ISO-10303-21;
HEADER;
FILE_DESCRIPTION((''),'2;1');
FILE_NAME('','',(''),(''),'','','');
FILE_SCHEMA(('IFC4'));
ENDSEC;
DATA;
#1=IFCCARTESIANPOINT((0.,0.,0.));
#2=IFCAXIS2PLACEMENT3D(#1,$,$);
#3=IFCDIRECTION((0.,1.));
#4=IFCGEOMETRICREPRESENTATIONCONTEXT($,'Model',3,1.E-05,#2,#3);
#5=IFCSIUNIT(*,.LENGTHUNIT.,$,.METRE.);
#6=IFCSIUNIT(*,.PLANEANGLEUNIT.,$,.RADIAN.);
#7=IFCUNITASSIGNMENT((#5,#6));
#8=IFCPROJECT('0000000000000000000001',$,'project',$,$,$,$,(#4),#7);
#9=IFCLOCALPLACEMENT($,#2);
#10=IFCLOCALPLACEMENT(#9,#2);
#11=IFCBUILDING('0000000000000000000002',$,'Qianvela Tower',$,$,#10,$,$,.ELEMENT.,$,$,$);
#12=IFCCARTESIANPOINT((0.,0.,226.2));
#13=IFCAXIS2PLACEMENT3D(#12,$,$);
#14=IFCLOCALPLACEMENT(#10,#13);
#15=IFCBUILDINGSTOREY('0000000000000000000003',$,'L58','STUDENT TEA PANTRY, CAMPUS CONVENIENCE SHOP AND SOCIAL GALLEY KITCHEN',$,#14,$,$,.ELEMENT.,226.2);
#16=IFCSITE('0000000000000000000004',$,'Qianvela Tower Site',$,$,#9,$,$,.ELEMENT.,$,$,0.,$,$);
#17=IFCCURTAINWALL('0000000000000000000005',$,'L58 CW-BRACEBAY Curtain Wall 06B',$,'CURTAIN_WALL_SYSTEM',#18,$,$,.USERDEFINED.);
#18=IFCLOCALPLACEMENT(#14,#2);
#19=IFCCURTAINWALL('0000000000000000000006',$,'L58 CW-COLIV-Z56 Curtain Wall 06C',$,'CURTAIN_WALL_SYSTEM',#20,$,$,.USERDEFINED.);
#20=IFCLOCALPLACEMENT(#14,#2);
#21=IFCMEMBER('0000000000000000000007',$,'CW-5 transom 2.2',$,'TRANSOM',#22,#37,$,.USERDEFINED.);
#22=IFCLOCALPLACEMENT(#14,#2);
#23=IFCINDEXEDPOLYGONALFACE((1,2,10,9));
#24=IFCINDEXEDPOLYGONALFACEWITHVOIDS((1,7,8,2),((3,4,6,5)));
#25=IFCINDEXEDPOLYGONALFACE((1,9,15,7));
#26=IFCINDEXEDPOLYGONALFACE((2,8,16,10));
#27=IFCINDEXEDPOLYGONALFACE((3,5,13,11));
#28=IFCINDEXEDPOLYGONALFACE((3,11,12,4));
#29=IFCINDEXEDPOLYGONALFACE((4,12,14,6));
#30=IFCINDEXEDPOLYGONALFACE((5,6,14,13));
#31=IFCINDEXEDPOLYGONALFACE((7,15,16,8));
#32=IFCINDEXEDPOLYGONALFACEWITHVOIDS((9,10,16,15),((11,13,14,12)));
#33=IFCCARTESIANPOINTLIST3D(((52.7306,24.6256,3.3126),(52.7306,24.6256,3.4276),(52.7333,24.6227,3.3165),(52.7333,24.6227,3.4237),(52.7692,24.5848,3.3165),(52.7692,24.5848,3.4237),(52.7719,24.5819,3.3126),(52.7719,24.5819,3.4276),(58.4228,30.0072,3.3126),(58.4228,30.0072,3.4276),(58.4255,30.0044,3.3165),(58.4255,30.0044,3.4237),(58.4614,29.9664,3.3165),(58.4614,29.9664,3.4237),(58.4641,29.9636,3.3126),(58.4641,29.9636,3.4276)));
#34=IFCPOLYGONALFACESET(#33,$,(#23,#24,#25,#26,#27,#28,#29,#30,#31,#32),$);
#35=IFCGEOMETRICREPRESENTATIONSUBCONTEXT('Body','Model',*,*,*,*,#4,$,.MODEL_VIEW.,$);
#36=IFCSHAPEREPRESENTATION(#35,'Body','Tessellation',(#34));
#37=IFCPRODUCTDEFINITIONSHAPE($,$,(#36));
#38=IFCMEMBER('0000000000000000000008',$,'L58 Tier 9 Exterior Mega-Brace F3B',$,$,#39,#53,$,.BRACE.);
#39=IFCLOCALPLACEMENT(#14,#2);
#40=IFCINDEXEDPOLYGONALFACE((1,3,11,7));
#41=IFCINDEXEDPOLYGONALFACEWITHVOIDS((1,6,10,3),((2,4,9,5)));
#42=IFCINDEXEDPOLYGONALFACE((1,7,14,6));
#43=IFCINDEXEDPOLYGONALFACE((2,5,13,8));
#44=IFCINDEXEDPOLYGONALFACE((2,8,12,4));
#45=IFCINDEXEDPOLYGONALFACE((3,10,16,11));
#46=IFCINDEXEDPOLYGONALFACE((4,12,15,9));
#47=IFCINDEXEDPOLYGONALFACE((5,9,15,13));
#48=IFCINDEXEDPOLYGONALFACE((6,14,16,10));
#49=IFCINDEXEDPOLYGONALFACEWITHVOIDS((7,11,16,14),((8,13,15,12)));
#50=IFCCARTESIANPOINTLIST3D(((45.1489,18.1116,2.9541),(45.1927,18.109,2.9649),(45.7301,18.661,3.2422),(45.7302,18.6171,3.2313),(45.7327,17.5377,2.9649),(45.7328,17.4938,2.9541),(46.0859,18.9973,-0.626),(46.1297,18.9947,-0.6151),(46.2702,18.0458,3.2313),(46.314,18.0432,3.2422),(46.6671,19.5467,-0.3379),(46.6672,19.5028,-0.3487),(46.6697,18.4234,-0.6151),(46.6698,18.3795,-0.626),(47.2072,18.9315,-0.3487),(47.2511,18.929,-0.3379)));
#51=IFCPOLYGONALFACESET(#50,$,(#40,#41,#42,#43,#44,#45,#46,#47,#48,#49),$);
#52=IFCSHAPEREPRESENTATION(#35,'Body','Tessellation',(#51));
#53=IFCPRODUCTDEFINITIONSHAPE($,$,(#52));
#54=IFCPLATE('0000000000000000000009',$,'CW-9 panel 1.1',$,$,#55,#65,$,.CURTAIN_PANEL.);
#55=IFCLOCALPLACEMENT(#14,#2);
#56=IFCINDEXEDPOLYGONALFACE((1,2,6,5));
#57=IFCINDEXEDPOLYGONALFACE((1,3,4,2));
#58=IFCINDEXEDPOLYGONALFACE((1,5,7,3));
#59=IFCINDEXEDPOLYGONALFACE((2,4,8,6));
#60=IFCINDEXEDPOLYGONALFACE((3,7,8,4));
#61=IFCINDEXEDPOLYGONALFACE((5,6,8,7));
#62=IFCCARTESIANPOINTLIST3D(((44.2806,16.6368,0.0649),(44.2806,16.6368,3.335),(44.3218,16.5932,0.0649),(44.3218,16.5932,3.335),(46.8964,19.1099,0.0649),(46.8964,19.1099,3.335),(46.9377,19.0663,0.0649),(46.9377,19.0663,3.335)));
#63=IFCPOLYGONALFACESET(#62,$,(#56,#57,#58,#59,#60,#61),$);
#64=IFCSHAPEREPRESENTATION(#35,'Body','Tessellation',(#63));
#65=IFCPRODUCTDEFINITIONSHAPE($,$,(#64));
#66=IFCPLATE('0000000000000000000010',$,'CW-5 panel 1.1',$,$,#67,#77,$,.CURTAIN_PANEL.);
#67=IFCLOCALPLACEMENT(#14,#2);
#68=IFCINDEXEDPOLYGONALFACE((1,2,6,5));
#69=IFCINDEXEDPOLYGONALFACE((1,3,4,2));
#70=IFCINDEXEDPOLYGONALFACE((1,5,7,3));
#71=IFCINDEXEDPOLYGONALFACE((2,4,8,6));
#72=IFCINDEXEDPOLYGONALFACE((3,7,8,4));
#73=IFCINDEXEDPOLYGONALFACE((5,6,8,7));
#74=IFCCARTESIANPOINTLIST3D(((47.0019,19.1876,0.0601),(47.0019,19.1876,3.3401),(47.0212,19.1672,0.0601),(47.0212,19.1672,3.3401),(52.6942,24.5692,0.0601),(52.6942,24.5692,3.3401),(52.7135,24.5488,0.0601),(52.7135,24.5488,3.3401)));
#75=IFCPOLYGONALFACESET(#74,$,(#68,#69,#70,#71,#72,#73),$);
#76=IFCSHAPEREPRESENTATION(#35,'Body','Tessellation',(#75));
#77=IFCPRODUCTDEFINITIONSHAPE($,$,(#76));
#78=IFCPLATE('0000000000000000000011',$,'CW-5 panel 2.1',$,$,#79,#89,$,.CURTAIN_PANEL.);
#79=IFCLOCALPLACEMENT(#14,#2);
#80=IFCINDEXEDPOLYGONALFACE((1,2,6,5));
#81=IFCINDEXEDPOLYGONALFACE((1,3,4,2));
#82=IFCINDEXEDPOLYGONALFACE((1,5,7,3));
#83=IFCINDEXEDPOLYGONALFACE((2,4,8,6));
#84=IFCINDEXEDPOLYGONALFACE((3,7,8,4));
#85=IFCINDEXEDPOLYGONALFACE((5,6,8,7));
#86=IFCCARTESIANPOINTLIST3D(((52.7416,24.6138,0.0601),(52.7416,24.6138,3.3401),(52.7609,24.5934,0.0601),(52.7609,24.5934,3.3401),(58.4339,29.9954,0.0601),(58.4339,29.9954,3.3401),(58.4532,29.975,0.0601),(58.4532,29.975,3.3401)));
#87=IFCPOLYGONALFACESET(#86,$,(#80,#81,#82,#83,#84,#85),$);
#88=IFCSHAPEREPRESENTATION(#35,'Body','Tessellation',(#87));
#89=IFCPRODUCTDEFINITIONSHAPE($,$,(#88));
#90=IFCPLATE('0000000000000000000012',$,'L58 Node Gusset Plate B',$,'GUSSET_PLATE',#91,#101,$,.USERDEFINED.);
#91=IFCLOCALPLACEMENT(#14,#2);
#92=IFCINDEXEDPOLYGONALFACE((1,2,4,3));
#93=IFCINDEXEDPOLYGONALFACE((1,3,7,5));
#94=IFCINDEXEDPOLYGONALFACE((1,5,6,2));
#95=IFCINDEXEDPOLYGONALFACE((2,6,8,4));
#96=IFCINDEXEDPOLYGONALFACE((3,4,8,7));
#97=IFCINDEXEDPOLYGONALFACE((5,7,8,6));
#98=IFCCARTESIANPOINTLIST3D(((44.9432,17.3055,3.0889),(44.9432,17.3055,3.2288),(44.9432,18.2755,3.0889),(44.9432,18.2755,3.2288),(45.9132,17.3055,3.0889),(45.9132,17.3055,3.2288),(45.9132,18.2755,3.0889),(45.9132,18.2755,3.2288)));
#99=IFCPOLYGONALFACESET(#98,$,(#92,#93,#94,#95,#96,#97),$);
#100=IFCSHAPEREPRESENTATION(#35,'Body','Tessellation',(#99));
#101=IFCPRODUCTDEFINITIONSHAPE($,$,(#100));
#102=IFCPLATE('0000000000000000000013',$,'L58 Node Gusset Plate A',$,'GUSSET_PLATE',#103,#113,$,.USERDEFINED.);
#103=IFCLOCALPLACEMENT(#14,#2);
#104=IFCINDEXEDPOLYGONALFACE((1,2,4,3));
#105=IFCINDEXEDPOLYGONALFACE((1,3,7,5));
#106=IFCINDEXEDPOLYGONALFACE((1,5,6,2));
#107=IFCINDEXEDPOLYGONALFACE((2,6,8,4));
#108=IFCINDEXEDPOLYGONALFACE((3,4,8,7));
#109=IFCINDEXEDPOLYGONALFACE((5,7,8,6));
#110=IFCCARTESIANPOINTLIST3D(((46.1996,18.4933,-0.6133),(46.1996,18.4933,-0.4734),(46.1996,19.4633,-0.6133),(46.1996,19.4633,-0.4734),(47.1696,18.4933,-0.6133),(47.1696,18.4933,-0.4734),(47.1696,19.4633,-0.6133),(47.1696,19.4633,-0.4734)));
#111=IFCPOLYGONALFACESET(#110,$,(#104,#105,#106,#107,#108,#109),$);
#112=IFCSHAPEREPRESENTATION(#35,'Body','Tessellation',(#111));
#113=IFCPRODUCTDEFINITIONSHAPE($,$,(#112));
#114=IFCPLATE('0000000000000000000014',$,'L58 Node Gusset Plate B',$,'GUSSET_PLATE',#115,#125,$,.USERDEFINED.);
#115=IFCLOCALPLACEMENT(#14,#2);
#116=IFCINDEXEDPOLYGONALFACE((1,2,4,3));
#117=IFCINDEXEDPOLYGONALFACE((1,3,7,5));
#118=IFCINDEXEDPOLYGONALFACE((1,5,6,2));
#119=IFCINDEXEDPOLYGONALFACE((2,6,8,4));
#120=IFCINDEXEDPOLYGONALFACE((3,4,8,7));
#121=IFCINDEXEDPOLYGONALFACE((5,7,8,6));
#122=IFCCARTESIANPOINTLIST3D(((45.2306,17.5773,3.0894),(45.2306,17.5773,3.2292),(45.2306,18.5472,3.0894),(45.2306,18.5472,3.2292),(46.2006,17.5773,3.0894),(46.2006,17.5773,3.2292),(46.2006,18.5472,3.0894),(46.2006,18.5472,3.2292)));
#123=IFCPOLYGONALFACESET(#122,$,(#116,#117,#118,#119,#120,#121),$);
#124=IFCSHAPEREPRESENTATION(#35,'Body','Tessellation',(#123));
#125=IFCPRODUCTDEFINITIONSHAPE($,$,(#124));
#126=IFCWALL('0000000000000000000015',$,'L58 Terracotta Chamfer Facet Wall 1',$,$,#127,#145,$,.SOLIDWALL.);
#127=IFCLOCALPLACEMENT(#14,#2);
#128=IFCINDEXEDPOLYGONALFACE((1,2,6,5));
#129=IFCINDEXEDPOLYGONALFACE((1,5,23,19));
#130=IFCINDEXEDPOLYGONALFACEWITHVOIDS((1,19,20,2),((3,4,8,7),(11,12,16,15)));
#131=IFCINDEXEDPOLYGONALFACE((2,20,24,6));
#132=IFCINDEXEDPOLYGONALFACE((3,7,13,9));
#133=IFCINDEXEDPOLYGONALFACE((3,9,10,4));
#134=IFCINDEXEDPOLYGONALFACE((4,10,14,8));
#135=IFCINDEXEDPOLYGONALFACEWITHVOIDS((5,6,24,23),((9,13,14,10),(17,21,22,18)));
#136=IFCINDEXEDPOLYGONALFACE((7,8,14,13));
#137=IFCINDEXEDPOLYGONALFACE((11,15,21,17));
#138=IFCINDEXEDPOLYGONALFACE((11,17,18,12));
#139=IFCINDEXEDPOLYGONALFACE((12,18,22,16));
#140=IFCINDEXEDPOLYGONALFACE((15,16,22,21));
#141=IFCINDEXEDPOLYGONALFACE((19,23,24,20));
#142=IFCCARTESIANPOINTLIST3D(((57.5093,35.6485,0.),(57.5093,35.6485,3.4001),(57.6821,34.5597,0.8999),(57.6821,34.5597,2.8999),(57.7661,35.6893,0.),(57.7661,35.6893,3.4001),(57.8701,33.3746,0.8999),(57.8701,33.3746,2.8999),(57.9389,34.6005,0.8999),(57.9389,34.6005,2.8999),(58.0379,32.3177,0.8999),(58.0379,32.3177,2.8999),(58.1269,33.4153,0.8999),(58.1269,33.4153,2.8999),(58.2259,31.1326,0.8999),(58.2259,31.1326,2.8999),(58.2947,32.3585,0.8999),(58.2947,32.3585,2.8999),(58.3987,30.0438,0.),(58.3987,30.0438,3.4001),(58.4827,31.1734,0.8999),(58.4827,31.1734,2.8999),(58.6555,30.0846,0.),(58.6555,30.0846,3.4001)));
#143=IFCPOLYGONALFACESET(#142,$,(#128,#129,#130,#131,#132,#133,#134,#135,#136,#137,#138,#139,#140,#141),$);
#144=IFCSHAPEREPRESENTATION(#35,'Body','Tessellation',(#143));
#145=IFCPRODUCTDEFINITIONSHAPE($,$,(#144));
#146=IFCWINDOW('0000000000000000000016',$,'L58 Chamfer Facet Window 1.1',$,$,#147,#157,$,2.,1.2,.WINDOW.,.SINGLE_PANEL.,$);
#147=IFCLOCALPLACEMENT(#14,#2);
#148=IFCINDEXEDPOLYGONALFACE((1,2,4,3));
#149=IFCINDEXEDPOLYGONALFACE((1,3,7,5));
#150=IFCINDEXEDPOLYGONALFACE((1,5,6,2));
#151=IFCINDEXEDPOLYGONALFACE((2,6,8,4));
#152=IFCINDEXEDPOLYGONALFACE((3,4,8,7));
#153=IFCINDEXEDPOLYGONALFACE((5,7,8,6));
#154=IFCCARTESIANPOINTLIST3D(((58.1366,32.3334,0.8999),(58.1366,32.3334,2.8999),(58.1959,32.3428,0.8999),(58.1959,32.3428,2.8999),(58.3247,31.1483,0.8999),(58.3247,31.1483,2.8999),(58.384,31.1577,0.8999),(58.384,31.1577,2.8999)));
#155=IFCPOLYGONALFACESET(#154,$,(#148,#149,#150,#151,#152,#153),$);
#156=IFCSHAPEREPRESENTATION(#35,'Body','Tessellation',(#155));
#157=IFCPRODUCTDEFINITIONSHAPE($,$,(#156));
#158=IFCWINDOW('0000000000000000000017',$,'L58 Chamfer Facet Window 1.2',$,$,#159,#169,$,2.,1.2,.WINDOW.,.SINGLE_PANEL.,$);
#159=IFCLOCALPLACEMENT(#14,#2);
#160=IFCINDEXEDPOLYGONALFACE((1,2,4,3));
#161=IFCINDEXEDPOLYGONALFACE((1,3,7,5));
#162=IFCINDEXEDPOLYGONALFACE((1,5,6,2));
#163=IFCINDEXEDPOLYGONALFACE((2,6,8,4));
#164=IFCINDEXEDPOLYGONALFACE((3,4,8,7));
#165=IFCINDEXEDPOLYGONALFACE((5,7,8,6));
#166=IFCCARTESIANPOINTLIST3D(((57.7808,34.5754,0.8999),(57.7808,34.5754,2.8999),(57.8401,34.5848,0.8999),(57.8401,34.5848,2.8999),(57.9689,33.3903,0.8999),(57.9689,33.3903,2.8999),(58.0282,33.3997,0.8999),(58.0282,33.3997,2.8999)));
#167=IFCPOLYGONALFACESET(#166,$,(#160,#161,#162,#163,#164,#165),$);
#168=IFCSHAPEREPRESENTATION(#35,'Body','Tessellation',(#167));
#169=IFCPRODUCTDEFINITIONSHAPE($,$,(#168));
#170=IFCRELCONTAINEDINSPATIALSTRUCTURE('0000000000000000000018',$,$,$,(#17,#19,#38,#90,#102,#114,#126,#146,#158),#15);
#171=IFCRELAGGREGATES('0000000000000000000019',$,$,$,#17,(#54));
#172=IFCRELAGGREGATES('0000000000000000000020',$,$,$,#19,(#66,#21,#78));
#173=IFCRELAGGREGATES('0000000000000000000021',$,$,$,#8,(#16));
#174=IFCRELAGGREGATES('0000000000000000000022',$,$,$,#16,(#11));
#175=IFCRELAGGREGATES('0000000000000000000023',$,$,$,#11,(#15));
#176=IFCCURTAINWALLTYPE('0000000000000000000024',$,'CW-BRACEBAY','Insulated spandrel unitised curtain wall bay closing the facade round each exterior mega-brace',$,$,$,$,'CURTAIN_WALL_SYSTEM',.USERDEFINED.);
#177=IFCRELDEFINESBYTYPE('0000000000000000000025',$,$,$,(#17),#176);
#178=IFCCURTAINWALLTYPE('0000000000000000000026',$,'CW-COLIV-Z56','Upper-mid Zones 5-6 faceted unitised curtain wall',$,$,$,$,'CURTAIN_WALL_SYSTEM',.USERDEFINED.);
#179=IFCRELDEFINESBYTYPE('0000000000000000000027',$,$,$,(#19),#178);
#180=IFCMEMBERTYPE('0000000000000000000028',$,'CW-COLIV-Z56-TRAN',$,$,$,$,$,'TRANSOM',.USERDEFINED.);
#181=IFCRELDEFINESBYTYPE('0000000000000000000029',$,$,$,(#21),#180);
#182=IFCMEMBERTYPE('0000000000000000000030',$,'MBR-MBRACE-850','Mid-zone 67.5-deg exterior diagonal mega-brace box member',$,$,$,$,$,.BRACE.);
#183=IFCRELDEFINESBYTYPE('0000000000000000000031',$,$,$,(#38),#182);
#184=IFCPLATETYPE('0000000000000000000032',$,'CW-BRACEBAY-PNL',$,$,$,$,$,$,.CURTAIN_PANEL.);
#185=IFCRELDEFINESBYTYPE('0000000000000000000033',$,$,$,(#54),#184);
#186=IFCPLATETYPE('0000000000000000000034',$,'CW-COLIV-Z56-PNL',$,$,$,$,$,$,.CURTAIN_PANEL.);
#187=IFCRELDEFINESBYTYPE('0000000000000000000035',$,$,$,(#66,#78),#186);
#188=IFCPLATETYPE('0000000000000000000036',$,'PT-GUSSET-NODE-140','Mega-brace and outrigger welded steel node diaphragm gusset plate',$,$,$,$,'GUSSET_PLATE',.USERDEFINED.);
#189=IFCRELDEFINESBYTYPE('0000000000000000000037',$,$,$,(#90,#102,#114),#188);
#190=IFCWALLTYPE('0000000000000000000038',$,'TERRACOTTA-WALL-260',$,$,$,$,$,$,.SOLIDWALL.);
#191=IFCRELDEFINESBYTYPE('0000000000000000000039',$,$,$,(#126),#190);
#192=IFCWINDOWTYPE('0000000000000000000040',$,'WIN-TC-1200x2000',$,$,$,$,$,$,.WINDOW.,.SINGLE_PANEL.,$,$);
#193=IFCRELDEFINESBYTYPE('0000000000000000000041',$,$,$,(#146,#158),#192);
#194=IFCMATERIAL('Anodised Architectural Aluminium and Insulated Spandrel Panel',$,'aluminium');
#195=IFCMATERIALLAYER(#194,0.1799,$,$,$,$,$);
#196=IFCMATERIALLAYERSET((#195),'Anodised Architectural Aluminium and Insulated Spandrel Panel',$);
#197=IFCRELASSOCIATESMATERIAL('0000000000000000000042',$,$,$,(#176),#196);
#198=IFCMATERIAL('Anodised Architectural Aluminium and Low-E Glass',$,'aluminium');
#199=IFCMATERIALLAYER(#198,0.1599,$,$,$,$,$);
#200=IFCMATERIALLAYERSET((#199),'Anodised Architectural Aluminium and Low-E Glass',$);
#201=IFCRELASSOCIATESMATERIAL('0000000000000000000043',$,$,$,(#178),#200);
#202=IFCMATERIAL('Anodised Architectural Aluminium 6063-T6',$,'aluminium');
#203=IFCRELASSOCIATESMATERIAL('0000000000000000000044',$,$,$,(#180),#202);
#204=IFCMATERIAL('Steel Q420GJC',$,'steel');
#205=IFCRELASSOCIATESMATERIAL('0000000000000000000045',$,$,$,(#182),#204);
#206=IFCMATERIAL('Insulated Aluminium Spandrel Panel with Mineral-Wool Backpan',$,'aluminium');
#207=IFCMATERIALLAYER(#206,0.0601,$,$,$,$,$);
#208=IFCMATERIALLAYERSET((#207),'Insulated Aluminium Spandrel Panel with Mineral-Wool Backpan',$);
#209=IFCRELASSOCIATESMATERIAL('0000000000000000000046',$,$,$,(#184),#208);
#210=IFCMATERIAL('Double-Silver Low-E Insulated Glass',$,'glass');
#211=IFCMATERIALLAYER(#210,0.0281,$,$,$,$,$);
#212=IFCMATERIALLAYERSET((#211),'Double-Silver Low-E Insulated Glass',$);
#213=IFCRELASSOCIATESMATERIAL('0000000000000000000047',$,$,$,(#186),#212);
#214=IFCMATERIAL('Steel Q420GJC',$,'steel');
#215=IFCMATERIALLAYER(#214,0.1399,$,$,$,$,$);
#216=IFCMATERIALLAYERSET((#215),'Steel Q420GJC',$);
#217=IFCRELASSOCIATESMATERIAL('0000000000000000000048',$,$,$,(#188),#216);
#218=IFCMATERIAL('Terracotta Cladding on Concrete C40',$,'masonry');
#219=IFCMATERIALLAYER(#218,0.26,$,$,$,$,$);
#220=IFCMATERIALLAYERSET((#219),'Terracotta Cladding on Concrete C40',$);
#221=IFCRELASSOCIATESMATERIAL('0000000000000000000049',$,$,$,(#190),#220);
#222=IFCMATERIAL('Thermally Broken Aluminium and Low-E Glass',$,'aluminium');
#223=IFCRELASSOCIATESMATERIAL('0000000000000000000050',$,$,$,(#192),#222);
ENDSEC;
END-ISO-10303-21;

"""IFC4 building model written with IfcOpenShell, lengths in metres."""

from ifc_helpers import new_model, si_unit, direction, frame, frame_2d, origin, origin_2d, place, context, subcontext, project, spatial, rectangle, hollow_rectangle, extrude, material, layer, layer_set, material_profile, profile_set, type_object, element, fill, aggregate, save


model = new_model("IFC4")

# Units and contexts
model_context = context("Model", 3, precision=1e-05, world=origin(), true_north=direction((0.0, 1.0)))
body_context = subcontext(model_context, "Body", "Model", "MODEL_VIEW")
ifc_project = project(units=[si_unit("LENGTHUNIT", "METRE"), si_unit("PLANEANGLEUNIT", "RADIAN")], contexts=[model_context])

# Site, building, storey
site_placement = place(None, origin())
site = spatial("IfcSite", under=ifc_project, at=site_placement, Name="Qianvela Tower Site", CompositionType="ELEMENT", RefElevation=0.0)
building_placement = place(site_placement, origin())
building = spatial("IfcBuilding", under=site, at=building_placement, Name="Qianvela Tower", CompositionType="ELEMENT")
storey_placement = place(building_placement, frame((0.0, 0.0, 226.2)))
storey = spatial("IfcBuildingStorey", under=building, at=storey_placement, Name="L58", Description="STUDENT TEA PANTRY, CAMPUS CONVENIENCE SHOP AND SOCIAL GALLEY KITCHEN", CompositionType="ELEMENT", Elevation=226.2)

# Curtain wall
ifc_material_1 = material(Name="Anodised Architectural Aluminium and Insulated Spandrel Panel", Category="aluminium")
ifc_layer_1 = layer(ifc_material_1, 0.1799)
ifc_layer_set_1 = layer_set([ifc_layer_1], Name="Anodised Architectural Aluminium and Insulated Spandrel Panel")
curtain_wall_type_1 = type_object("IfcCurtainWallType", Name="CW-BRACEBAY", Description="Insulated spandrel unitised curtain wall bay closing the facade round each exterior mega-brace", ElementType="CURTAIN_WALL_SYSTEM", PredefinedType="USERDEFINED", material=ifc_layer_set_1)
curtain_wall_1_placement = place(storey_placement, origin())
curtain_wall_1 = element("IfcCurtainWall", 1, at=curtain_wall_1_placement, inside=storey, type_object=curtain_wall_type_1, Name="L58 CW-BRACEBAY Curtain Wall 06B", ObjectType="CURTAIN_WALL_SYSTEM", PredefinedType="USERDEFINED")

# Curtain wall, member
ifc_material_2 = material(Name="Anodised Architectural Aluminium and Low-E Glass", Category="aluminium")
ifc_layer_2 = layer(ifc_material_2, 0.1599)
ifc_layer_set_2 = layer_set([ifc_layer_2], Name="Anodised Architectural Aluminium and Low-E Glass")
curtain_wall_type_2 = type_object("IfcCurtainWallType", Name="CW-COLIV-Z56", Description="Upper-mid Zones 5-6 faceted unitised curtain wall", ElementType="CURTAIN_WALL_SYSTEM", PredefinedType="USERDEFINED", material=ifc_layer_set_2)
curtain_wall_2_placement = place(storey_placement, origin())
curtain_wall_2 = element("IfcCurtainWall", 2, at=curtain_wall_2_placement, inside=storey, type_object=curtain_wall_type_2, Name="L58 CW-COLIV-Z56 Curtain Wall 06C", ObjectType="CURTAIN_WALL_SYSTEM", PredefinedType="USERDEFINED")
ifc_material_3 = material(Name="Anodised Architectural Aluminium 6063-T6", Category="aluminium")
ifc_material_profile_1 = material_profile(ifc_material_3, hollow_rectangle(XDim=0.0601, YDim=0.115, WallThickness=0.0039, at=origin_2d()), Name="ALU-TRAN-60x115")
ifc_profile_set_1 = profile_set([ifc_material_profile_1], Name="Anodised Architectural Aluminium 6063-T6")
member_type_1 = type_object("IfcMemberType", Name="CW-COLIV-Z56-TRAN", ElementType="TRANSOM", PredefinedType="USERDEFINED", material=ifc_profile_set_1)
member_1_placement = place(storey_placement, frame((52.7512, 24.6038, 3.3701), z_axis=(0.726651, 0.687007, 0.0), x_axis=(-0.687007, 0.726651, 0.0)))
member_1 = element("IfcMember", 3, at=member_1_placement, type_object=member_type_1, Name="CW-5 transom 2.2", ObjectType="TRANSOM", PredefinedType="USERDEFINED", context=body_context, shape_type="SweptSolid", body=[
    extrude(hollow_rectangle(XDim=0.0601, YDim=0.115, WallThickness=0.0039, at=origin_2d()), origin(), (0.0, 0.0, 1.0), 7.8335),
])

# Member
ifc_material_4 = material(Name="Steel Q420GJC", Category="steel")
ifc_material_profile_2 = material_profile(ifc_material_4, hollow_rectangle(XDim=0.8501, YDim=0.8501, WallThickness=0.032, at=origin_2d()), Name="MBOX-850x850x32")
ifc_profile_set_2 = profile_set([ifc_material_profile_2], Name="Steel Q420GJC")
member_type_2 = type_object("IfcMemberType", Name="MBR-MBRACE-850", Description="Mid-zone 67.5-deg exterior diagonal mega-brace box member", PredefinedType="BRACE", material=ifc_profile_set_2)
member_2_placement = place(storey_placement, frame((46.6685, 18.9631, -0.4819), z_axis=(-0.246246, -0.232772, 0.94084), x_axis=(0.686946, -0.726709, 0.0)))
element("IfcMember", 4, at=member_2_placement, inside=storey, type_object=member_type_2, Name="L58 Tier 9 Exterior Mega-Brace F3B", PredefinedType="BRACE", context=body_context, shape_type="SweptSolid", body=[
    extrude(hollow_rectangle(XDim=0.8501, YDim=0.8501, WallThickness=0.032, at=origin_2d()), origin(), (0.0, 0.0, 1.0), 3.8052),
])

# Plates
ifc_material_5 = material(Name="Insulated Aluminium Spandrel Panel with Mineral-Wool Backpan", Category="aluminium")
ifc_layer_3 = layer(ifc_material_5, 0.0601)
ifc_layer_set_3 = layer_set([ifc_layer_3], Name="Insulated Aluminium Spandrel Panel with Mineral-Wool Backpan")
plate_type_1 = type_object("IfcPlateType", Name="CW-BRACEBAY-PNL", PredefinedType="CURTAIN_PANEL", material=ifc_layer_set_3)
plate_1_placement = place(storey_placement, frame((45.6091, 17.8516, 0.0649), z_axis=(0.0, 0.0, 1.0), x_axis=(0.726655, 0.687003, 0.0)))
plate_1 = element("IfcPlate", 5, at=plate_1_placement, type_object=plate_type_1, Name="CW-9 panel 1.1", PredefinedType="CURTAIN_PANEL", context=body_context, shape_type="SweptSolid", body=[
    extrude(rectangle(XDim=3.5999, YDim=0.0601, at=origin_2d()), origin(), (0.0, 0.0, 1.0), 3.27),
])
aggregate(curtain_wall_1, [plate_1])
ifc_material_6 = material(Name="Double-Silver Low-E Insulated Glass", Category="glass")
ifc_layer_4 = layer(ifc_material_6, 0.0281)
ifc_layer_set_4 = layer_set([ifc_layer_4], Name="Double-Silver Low-E Insulated Glass")
plate_type_2 = type_object("IfcPlateType", Name="CW-COLIV-Z56-PNL", PredefinedType="CURTAIN_PANEL", material=ifc_layer_set_4)
plate_2_placement = place(storey_placement, frame((49.8577, 21.8682, 0.0601), z_axis=(0.0, 0.0, 1.0), x_axis=(0.726659, 0.686998, 0.0)))
plate_2 = element("IfcPlate", 6, at=plate_2_placement, type_object=plate_type_2, Name="CW-5 panel 1.1", PredefinedType="CURTAIN_PANEL", context=body_context, shape_type="SweptSolid", body=[
    extrude(rectangle(XDim=7.8335, YDim=0.0281, at=origin_2d()), origin(), (0.0, 0.0, 1.0), 3.28),
])
plate_3_placement = place(storey_placement, frame((55.5974, 27.2944, 0.0601), z_axis=(0.0, 0.0, 1.0), x_axis=(0.726659, 0.686998, 0.0)))
plate_3 = element("IfcPlate", 7, at=plate_3_placement, type_object=plate_type_2, Name="CW-5 panel 2.1", PredefinedType="CURTAIN_PANEL", context=body_context, shape_type="SweptSolid", body=[
    extrude(rectangle(XDim=7.8335, YDim=0.0281, at=origin_2d()), origin(), (0.0, 0.0, 1.0), 3.28),
])
aggregate(curtain_wall_2, [plate_2, member_1, plate_3])

# Plates
ifc_material_7 = material(Name="Steel Q420GJC", Category="steel")
ifc_layer_5 = layer(ifc_material_7, 0.1399)
ifc_layer_set_5 = layer_set([ifc_layer_5], Name="Steel Q420GJC")
plate_type_3 = type_object("IfcPlateType", Name="PT-GUSSET-NODE-140", Description="Mega-brace and outrigger welded steel node diaphragm gusset plate", ElementType="GUSSET_PLATE", PredefinedType="USERDEFINED", material=ifc_layer_set_5)
for number, where, z_axis, x_axis, name in (
    (8, (45.4282, 17.7905, 3.0889), (0.0, 0.0, 1.0), (1.0, 0.0, 0.0), "L58 Node Gusset Plate B"),
    (9, (46.6846, 18.9783, -0.6133), (0.0, 0.0, 1.0), (1.0, 0.0, 0.0), "L58 Node Gusset Plate A"),
    (10, (45.7156, 18.0623, 3.0894), (0.0, 0.0, 1.0), (1.0, 0.0, 0.0), "L58 Node Gusset Plate B"),
):
    element("IfcPlate", number, at=place(storey_placement, frame(where, z_axis=z_axis, x_axis=x_axis)), inside=storey, type_object=plate_type_3, Name=name, ObjectType="GUSSET_PLATE", PredefinedType="USERDEFINED", context=body_context, shape_type="SweptSolid", body=[
        extrude(rectangle(XDim=0.97, YDim=0.97, at=origin_2d()), origin(), (0.0, 0.0, 1.0), 0.1399),
    ])

# Wall, openings, windows
ifc_material_8 = material(Name="Terracotta Cladding on Concrete C40", Category="masonry")
ifc_layer_6 = layer(ifc_material_8, 0.26)
ifc_layer_set_6 = layer_set([ifc_layer_6], Name="Terracotta Cladding on Concrete C40")
wall_type = type_object("IfcWallType", Name="TERRACOTTA-WALL-260", PredefinedType="SOLIDWALL", material=ifc_layer_set_6)
wall_placement = place(storey_placement, frame((58.5271, 30.0642, 0.0), z_axis=(0.0, 0.0, 1.0), x_axis=(-0.156727, 0.987642, 0.0)))
wall = element("IfcWall", 11, at=wall_placement, inside=storey, type_object=wall_type, Name="L58 Terracotta Chamfer Facet Wall 1", PredefinedType="SOLIDWALL", context=body_context, shape_type="SweptSolid", body=[
    extrude(rectangle(XDim=5.6748, YDim=0.26, at=frame_2d((2.8374, 0.0))), origin(), (0.0, 0.0, 1.0), 3.4001),
])
opening_1_placement = place(wall_placement, frame((1.1023, 0.0, 0.8999)))
opening_1 = element("IfcOpeningElement", 12, at=opening_1_placement, cuts=wall, PredefinedType="OPENING", context=body_context, shape_type="SweptSolid", body=[
    extrude(rectangle(XDim=1.2, YDim=2.0, at=frame_2d((0.6001, 1.0))), frame((0.0, 0.1399, 0.0), z_axis=(0.0, -1.0, 0.0), x_axis=(1.0, 0.0, 0.0)), (0.0, 0.0, 1.0), 0.28),
])
opening_2_placement = place(wall_placement, frame((3.3723, 0.0, 0.8999)))
opening_2 = element("IfcOpeningElement", 13, at=opening_2_placement, cuts=wall, PredefinedType="OPENING", context=body_context, shape_type="SweptSolid", body=[
    extrude(rectangle(XDim=1.2, YDim=2.0, at=frame_2d((0.6001, 1.0))), frame((0.0, 0.1399, 0.0), z_axis=(0.0, -1.0, 0.0), x_axis=(1.0, 0.0, 0.0)), (0.0, 0.0, 1.0), 0.28),
])
ifc_material_9 = material(Name="Thermally Broken Aluminium and Low-E Glass", Category="aluminium")
window_type = type_object("IfcWindowType", Name="WIN-TC-1200x2000", PartitioningType="SINGLE_PANEL", PredefinedType="WINDOW", material=ifc_material_9)
window_1_placement = place(opening_1_placement, origin())
window_1 = element("IfcWindow", 14, at=window_1_placement, inside=storey, type_object=window_type, Name="L58 Chamfer Facet Window 1.1", OverallHeight=2.0, OverallWidth=1.2, PartitioningType="SINGLE_PANEL", PredefinedType="WINDOW", context=body_context, shape_type="SweptSolid", body=[
    extrude(rectangle(XDim=1.2, YDim=2.0, at=frame_2d((0.6001, 1.0))), frame((0.0, 0.03, 0.0), z_axis=(0.0, -1.0, 0.0), x_axis=(1.0, 0.0, 0.0)), (0.0, 0.0, 1.0), 0.0601),
])
fill(opening_1, window_1)
window_2_placement = place(opening_2_placement, origin())
window_2 = element("IfcWindow", 15, at=window_2_placement, inside=storey, type_object=window_type, Name="L58 Chamfer Facet Window 1.2", OverallHeight=2.0, OverallWidth=1.2, PartitioningType="SINGLE_PANEL", PredefinedType="WINDOW", context=body_context, shape_type="SweptSolid", body=[
    extrude(rectangle(XDim=1.2, YDim=2.0, at=frame_2d((0.6001, 1.0))), frame((0.0, 0.03, 0.0), z_axis=(0.0, -1.0, 0.0), x_axis=(1.0, 0.0, 0.0)), (0.0, 0.0, 1.0), 0.0601),
])
fill(opening_2, window_2)

save(model, "model.ifc")
